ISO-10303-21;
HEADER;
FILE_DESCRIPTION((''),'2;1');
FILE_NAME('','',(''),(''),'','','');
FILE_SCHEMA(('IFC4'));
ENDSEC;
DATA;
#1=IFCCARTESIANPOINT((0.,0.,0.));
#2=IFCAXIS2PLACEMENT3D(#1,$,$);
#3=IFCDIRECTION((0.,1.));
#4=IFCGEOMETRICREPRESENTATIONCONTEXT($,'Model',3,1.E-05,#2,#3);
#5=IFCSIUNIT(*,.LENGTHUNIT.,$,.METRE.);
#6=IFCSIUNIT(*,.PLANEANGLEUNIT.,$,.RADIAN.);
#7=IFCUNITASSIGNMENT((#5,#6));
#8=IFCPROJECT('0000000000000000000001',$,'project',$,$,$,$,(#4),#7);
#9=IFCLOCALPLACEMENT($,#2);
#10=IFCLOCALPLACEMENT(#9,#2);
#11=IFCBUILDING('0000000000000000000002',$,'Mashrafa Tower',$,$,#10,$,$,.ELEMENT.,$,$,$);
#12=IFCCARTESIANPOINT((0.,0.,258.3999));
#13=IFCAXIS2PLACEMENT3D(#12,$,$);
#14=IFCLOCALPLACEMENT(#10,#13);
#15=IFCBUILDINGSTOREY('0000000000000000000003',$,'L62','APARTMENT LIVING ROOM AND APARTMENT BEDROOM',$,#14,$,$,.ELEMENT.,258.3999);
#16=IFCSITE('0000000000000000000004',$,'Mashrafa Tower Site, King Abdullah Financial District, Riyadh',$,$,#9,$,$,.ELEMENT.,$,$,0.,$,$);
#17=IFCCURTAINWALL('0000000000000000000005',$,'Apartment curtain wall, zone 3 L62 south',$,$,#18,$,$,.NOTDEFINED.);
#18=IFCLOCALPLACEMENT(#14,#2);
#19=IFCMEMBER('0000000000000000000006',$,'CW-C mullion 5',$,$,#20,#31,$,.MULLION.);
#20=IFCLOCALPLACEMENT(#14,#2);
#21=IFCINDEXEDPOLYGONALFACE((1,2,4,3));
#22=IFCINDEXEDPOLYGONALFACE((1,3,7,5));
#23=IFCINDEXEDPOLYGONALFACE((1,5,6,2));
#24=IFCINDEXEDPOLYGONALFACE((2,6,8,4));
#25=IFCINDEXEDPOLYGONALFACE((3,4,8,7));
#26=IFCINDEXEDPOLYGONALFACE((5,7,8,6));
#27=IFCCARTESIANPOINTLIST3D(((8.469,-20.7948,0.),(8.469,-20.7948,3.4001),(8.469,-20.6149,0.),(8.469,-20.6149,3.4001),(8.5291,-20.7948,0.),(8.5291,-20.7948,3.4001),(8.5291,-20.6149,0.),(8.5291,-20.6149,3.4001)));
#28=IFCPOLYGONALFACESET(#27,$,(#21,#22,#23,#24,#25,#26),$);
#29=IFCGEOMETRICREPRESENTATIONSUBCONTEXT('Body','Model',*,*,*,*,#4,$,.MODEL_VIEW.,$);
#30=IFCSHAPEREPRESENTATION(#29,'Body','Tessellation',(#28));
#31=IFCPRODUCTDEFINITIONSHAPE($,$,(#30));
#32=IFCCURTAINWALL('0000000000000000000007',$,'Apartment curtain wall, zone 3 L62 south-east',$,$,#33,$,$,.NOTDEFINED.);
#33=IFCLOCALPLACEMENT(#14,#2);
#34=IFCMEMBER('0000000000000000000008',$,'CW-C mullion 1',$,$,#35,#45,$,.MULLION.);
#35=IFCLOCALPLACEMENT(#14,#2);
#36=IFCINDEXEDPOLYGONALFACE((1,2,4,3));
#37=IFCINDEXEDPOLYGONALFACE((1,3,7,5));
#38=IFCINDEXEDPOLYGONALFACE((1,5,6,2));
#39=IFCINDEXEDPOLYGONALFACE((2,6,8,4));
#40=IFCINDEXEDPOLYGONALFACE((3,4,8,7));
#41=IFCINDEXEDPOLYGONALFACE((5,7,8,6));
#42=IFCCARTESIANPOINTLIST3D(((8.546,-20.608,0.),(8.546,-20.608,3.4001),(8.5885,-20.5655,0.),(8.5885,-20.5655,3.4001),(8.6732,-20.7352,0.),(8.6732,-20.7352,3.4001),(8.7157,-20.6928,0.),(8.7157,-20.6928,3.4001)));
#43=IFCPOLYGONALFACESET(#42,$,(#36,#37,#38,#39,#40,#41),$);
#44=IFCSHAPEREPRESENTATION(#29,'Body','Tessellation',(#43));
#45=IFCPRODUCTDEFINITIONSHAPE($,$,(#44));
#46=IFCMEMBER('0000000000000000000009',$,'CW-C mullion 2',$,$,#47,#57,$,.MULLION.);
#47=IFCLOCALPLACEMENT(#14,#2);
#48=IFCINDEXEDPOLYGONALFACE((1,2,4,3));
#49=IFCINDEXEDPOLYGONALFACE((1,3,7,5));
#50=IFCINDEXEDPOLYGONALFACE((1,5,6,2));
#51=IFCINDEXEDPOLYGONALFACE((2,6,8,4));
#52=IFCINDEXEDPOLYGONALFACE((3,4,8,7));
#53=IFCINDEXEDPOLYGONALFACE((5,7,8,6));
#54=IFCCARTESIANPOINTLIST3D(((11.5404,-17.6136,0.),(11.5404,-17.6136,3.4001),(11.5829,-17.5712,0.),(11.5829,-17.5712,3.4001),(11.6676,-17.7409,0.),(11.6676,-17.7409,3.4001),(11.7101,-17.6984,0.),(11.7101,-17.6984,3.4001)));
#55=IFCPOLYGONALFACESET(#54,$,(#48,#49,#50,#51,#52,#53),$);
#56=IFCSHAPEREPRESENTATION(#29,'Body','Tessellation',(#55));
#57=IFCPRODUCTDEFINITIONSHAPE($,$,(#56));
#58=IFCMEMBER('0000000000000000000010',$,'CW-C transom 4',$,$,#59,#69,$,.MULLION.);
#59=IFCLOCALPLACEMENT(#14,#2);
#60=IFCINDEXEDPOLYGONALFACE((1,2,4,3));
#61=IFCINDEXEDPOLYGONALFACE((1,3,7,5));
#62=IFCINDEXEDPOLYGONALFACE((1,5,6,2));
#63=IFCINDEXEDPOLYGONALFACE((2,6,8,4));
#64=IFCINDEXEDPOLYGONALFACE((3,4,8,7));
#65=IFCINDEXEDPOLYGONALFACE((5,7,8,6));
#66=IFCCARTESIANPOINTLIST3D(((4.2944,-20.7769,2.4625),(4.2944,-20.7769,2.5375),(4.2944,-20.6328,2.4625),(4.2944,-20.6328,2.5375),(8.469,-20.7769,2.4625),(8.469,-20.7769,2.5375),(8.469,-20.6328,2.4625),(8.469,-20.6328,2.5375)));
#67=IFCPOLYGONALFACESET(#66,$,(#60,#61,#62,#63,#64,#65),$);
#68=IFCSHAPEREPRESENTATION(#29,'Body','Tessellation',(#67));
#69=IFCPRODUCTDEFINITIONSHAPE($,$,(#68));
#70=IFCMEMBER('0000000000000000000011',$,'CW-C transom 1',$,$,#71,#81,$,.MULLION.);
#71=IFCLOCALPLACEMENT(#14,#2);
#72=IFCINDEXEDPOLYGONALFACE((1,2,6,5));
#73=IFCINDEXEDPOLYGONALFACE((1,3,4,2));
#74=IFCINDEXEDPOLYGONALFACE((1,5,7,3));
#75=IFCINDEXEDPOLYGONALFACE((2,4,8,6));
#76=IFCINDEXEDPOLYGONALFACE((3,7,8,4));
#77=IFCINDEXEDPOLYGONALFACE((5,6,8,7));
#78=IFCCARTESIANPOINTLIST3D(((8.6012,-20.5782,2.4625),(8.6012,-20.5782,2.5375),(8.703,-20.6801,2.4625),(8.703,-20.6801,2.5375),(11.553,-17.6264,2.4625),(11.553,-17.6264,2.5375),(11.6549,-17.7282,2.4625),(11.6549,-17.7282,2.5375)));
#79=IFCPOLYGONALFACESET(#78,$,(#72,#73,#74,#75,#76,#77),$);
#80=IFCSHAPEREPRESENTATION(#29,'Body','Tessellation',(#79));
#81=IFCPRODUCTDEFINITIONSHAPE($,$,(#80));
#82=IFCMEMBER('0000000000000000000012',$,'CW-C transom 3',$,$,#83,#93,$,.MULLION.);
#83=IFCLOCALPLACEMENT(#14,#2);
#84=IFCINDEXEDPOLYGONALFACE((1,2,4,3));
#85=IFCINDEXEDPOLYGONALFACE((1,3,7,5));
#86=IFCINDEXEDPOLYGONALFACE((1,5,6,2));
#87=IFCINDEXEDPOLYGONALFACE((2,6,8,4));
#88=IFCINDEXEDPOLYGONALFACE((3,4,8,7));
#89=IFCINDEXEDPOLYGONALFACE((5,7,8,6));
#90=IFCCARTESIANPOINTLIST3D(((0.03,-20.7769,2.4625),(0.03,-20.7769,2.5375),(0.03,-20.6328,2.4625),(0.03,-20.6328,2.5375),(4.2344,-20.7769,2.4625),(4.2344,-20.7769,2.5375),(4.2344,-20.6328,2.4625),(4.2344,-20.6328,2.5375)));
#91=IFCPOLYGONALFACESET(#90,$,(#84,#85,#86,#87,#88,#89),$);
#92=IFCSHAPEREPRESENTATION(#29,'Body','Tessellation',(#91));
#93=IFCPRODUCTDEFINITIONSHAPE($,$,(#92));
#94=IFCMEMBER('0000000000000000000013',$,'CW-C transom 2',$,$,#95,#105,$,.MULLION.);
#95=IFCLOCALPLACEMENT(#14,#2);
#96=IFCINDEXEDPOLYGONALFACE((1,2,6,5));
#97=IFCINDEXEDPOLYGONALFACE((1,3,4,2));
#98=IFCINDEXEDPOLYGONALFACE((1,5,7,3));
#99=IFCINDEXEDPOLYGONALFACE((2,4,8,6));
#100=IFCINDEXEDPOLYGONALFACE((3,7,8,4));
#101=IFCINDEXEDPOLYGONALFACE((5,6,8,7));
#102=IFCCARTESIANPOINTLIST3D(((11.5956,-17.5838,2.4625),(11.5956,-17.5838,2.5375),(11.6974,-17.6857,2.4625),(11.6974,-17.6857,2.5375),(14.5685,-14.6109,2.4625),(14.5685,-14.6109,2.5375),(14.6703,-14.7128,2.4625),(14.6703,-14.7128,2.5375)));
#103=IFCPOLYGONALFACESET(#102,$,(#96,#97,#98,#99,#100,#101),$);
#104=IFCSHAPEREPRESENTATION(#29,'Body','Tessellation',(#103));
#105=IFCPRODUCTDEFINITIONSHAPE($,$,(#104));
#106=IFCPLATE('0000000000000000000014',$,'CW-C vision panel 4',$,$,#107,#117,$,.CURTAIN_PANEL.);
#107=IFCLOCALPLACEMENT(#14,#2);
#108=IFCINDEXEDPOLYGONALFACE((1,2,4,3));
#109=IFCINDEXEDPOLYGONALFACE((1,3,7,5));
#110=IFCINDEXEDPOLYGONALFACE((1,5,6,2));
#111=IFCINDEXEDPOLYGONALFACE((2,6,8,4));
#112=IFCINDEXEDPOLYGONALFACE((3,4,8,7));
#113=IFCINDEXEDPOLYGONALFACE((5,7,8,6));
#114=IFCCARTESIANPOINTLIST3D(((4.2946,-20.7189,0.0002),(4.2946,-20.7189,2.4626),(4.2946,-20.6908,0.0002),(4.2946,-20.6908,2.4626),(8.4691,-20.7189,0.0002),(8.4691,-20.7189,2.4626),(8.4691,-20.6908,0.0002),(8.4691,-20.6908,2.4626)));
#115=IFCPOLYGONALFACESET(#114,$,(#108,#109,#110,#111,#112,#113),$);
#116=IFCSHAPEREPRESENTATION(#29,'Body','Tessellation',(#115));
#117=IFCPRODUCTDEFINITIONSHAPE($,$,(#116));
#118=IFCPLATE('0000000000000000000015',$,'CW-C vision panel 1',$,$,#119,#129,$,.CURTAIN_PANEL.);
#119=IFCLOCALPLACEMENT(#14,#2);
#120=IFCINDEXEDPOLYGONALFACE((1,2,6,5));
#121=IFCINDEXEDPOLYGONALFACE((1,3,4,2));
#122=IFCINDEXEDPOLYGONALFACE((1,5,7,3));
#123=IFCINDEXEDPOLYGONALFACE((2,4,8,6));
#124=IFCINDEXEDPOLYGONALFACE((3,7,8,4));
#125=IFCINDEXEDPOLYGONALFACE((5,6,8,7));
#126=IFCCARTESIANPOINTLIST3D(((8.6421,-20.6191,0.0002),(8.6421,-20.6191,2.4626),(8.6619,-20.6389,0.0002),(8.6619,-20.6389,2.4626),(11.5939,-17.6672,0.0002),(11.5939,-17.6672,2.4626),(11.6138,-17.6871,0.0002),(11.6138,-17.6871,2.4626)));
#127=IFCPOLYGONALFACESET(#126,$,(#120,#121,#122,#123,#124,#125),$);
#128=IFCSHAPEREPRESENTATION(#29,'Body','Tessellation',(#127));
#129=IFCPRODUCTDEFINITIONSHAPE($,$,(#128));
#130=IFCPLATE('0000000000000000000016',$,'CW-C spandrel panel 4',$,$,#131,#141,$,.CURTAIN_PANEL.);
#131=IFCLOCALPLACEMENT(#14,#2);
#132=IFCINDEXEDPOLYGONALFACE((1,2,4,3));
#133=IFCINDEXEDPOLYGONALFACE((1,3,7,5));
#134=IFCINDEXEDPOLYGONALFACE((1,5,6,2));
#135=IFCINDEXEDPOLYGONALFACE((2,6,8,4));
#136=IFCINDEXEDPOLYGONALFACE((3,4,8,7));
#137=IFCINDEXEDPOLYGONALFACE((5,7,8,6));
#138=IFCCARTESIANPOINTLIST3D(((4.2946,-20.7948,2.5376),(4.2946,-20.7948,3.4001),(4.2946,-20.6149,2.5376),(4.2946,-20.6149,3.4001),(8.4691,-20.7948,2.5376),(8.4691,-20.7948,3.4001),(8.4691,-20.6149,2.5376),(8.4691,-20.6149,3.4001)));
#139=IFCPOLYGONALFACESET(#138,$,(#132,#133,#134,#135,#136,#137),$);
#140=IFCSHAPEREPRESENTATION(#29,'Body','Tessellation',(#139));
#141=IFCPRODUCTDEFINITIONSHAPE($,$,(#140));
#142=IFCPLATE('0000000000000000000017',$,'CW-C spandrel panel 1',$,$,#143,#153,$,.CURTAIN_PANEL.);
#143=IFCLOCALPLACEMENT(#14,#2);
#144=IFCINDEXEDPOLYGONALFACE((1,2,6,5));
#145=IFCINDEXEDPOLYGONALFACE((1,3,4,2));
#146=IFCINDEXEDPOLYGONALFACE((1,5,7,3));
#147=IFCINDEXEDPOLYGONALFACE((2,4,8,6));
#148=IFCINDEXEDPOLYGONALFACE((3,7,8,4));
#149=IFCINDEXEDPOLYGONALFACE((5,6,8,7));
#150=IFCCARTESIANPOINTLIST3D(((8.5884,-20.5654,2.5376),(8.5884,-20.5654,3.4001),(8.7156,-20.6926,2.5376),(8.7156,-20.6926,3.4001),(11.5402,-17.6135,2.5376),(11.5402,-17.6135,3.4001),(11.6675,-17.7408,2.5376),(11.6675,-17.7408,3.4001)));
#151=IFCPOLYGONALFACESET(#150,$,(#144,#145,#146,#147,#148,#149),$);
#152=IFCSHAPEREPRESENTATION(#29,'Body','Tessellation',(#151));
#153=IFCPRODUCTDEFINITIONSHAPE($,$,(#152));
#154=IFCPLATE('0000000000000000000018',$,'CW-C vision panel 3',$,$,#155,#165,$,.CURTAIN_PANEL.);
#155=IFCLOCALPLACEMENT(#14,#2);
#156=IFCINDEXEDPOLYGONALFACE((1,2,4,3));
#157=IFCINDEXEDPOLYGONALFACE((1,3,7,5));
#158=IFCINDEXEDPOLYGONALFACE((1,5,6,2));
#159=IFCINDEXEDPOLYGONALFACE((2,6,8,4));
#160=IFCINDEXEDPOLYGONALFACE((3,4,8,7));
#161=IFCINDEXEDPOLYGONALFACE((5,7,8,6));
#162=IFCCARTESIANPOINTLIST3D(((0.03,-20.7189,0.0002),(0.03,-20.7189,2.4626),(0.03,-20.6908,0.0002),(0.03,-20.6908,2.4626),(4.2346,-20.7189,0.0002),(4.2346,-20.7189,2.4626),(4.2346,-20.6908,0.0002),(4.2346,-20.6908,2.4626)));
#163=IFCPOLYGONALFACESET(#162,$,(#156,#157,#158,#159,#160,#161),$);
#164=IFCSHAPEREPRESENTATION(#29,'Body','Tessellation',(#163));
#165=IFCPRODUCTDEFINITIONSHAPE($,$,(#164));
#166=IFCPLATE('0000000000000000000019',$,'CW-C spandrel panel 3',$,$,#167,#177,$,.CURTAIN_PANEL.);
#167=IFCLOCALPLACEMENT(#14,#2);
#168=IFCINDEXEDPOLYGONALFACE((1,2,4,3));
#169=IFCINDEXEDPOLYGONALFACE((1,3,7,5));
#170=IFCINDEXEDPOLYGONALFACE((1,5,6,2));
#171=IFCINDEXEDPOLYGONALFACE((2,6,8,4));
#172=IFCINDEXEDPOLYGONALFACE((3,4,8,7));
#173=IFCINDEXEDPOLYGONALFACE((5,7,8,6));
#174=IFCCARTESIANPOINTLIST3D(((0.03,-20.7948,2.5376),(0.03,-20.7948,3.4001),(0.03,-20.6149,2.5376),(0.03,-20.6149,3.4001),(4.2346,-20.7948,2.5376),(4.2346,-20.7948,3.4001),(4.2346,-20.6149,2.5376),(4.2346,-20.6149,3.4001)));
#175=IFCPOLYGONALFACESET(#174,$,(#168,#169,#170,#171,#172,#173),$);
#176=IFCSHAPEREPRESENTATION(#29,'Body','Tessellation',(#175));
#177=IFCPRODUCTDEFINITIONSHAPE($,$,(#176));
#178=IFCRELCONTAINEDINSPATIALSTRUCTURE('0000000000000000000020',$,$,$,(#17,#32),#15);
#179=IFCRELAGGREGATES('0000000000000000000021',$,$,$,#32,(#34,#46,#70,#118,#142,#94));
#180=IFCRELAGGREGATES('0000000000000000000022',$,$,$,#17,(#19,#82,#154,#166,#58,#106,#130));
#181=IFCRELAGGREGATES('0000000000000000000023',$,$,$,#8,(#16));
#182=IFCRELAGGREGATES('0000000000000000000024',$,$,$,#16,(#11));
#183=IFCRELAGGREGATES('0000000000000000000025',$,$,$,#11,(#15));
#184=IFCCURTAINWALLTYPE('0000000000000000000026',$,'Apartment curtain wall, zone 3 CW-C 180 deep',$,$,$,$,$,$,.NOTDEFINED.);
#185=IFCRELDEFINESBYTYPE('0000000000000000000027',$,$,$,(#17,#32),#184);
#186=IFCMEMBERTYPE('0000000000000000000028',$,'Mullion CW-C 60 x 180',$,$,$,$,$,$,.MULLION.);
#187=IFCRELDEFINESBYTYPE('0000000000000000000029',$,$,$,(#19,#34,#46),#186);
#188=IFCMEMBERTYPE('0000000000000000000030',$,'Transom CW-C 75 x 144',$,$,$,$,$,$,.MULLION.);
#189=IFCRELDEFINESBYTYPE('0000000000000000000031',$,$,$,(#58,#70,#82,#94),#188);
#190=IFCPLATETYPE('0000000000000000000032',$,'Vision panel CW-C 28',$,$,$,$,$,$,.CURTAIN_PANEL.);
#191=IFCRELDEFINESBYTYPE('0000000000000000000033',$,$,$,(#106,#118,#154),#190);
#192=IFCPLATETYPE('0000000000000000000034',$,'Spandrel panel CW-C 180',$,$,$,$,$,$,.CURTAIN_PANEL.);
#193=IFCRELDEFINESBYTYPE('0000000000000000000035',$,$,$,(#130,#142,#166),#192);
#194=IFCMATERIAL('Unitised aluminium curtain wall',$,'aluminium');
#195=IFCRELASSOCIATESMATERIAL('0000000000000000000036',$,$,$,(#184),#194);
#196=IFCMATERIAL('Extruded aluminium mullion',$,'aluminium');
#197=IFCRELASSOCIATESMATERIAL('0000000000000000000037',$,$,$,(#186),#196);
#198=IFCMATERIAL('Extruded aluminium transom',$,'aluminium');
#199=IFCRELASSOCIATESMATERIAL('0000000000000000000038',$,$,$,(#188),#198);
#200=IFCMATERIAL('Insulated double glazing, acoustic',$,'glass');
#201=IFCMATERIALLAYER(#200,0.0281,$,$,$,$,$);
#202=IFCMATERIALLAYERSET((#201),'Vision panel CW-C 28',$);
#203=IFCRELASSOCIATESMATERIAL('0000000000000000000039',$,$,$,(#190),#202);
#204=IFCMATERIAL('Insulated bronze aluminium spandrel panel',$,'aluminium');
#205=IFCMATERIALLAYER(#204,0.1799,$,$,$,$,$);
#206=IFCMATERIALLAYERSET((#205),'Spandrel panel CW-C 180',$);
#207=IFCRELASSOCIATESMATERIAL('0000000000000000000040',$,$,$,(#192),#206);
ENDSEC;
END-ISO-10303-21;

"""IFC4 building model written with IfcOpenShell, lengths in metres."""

from ifc_helpers import new_model, si_unit, direction, frame, origin, origin_2d, place, context, subcontext, project, spatial, rectangle, extrude, source, transform, mapped, material, layer, layer_set, material_profile, profile_set, type_object, type_shapes, element, aggregate, save


model = new_model("IFC4")

# Units and contexts
model_context = context("Model", 3, precision=1e-05, world=origin(), true_north=direction((0.0, 1.0)))
body_context = subcontext(model_context, "Body", "Model", "MODEL_VIEW")
ifc_project = project(units=[si_unit("LENGTHUNIT", "METRE"), si_unit("PLANEANGLEUNIT", "RADIAN")], contexts=[model_context])

# Site, building, storey
site_placement = place(None, origin())
site = spatial("IfcSite", under=ifc_project, at=site_placement, Name="Mashrafa Tower Site, King Abdullah Financial District, Riyadh", CompositionType="ELEMENT", RefElevation=0.0)
building_placement = place(site_placement, origin())
building = spatial("IfcBuilding", under=site, at=building_placement, Name="Mashrafa Tower", CompositionType="ELEMENT")
storey_placement = place(building_placement, frame((0.0, 0.0, 258.3999)))
storey = spatial("IfcBuildingStorey", under=building, at=storey_placement, Name="L62", Description="APARTMENT LIVING ROOM AND APARTMENT BEDROOM", CompositionType="ELEMENT", Elevation=258.3999)

# Curtain walls, members
ifc_material_1 = material(Name="Unitised aluminium curtain wall", Category="aluminium")
curtain_wall_type = type_object("IfcCurtainWallType", Name="Apartment curtain wall, zone 3 CW-C 180 deep", PredefinedType="NOTDEFINED", material=ifc_material_1)
curtain_wall_1_placement = place(storey_placement, origin())
curtain_wall_1 = element("IfcCurtainWall", 1, at=curtain_wall_1_placement, inside=storey, type_object=curtain_wall_type, Name="Apartment curtain wall, zone 3 L62 south", PredefinedType="NOTDEFINED")
ifc_material_2 = material(Name="Extruded aluminium mullion", Category="aluminium")
ifc_material_profile_1 = material_profile(ifc_material_2, rectangle(XDim=0.1799, YDim=0.0601, at=origin_2d()), Name="Mullion 60x180")
ifc_profile_set_1 = profile_set([ifc_material_profile_1], Name="Extruded aluminium mullion")
member_type_1 = type_object("IfcMemberType", Name="Mullion CW-C 60 x 180", PredefinedType="MULLION", material=ifc_profile_set_1)
shared_shape_1 = source(origin(), body_context, "Body", "SweptSolid", [
    extrude(rectangle(XDim=0.1799, YDim=0.0601, at=origin_2d()), origin(), (0.0, 0.0, 1.0), 3.4001),
])
type_shapes(member_type_1, [shared_shape_1])
member_1_placement = place(storey_placement, frame((8.499, -20.7048, 0.0), z_axis=(0.0, 0.0, 1.0), x_axis=(0.0, 1.0, 0.0)))
member_1 = element("IfcMember", 2, at=member_1_placement, type_object=member_type_1, Name="CW-C mullion 5", PredefinedType="MULLION", context=body_context, shape_type="MappedRepresentation", body=[
    mapped(shared_shape_1, transform((0.0, 0.0, 0.0))),
])
curtain_wall_2_placement = place(storey_placement, origin())
curtain_wall_2 = element("IfcCurtainWall", 3, at=curtain_wall_2_placement, inside=storey, type_object=curtain_wall_type, Name="Apartment curtain wall, zone 3 L62 south-east", PredefinedType="NOTDEFINED")
member_2_placement = place(storey_placement, frame((8.6309, -20.6504, 0.0), z_axis=(0.0, 0.0, 1.0), x_axis=(-0.707107, 0.707107, 0.0)))
member_2 = element("IfcMember", 4, at=member_2_placement, type_object=member_type_1, Name="CW-C mullion 1", PredefinedType="MULLION", context=body_context, shape_type="MappedRepresentation", body=[
    mapped(shared_shape_1, transform((0.0, 0.0, 0.0))),
])
member_3_placement = place(storey_placement, frame((11.6252, -17.656, 0.0), z_axis=(0.0, 0.0, 1.0), x_axis=(-0.707107, 0.707107, 0.0)))
member_3 = element("IfcMember", 5, at=member_3_placement, type_object=member_type_1, Name="CW-C mullion 2", PredefinedType="MULLION", context=body_context, shape_type="MappedRepresentation", body=[
    mapped(shared_shape_1, transform((0.0, 0.0, 0.0))),
])

# Members
ifc_material_3 = material(Name="Extruded aluminium transom", Category="aluminium")
ifc_material_profile_2 = material_profile(ifc_material_3, rectangle(XDim=0.144, YDim=0.075, at=origin_2d()), Name="Transom 75x144")
ifc_profile_set_2 = profile_set([ifc_material_profile_2], Name="Extruded aluminium transom")
member_type_2 = type_object("IfcMemberType", Name="Transom CW-C 75 x 144", PredefinedType="MULLION", material=ifc_profile_set_2)
shared_shape_2 = source(origin(), body_context, "Body", "SweptSolid", [
    extrude(rectangle(XDim=0.144, YDim=0.075, at=origin_2d()), origin(), (0.0, 0.0, 1.0), 4.1746),
])
member_4_placement = place(storey_placement, frame((4.2944, -20.7048, 2.5), z_axis=(1.0, 0.0, 0.0), x_axis=(0.0, 1.0, 0.0)))
member_4 = element("IfcMember", 6, at=member_4_placement, type_object=member_type_2, Name="CW-C transom 4", PredefinedType="MULLION", context=body_context, shape_type="MappedRepresentation", body=[
    mapped(shared_shape_2, transform((0.0, 0.0, 0.0))),
])
member_5_placement = place(storey_placement, frame((8.6521, -20.6292, 2.5), z_axis=(0.707107, 0.707107, 0.0), x_axis=(-0.707107, 0.707107, 0.0)))
member_5 = element("IfcMember", 7, at=member_5_placement, type_object=member_type_2, Name="CW-C transom 1", PredefinedType="MULLION", context=body_context, shape_type="MappedRepresentation", body=[
    mapped(shared_shape_2, transform((0.0, 0.0, 0.0))),
])
shared_shape_3 = source(origin(), body_context, "Body", "SweptSolid", [
    extrude(rectangle(XDim=0.144, YDim=0.075, at=origin_2d()), origin(), (0.0, 0.0, 1.0), 4.2043),
])
type_shapes(member_type_2, [shared_shape_2, shared_shape_3])
member_6_placement = place(storey_placement, frame((0.03, -20.7048, 2.5), z_axis=(1.0, 0.0, 0.0), x_axis=(0.0, 1.0, 0.0)))
member_6 = element("IfcMember", 8, at=member_6_placement, type_object=member_type_2, Name="CW-C transom 3", PredefinedType="MULLION", context=body_context, shape_type="MappedRepresentation", body=[
    mapped(shared_shape_3, transform((0.0, 0.0, 0.0))),
])
member_7_placement = place(storey_placement, frame((11.6465, -17.6348, 2.5), z_axis=(0.707107, 0.707107, 0.0), x_axis=(-0.707107, 0.707107, 0.0)))
member_7 = element("IfcMember", 9, at=member_7_placement, type_object=member_type_2, Name="CW-C transom 2", PredefinedType="MULLION", context=body_context, shape_type="MappedRepresentation", body=[
    mapped(shared_shape_3, transform((0.0, 0.0, 0.0))),
])

# Plates
ifc_material_4 = material(Name="Insulated double glazing, acoustic", Category="glass")
ifc_layer_1 = layer(ifc_material_4, 0.0281)
ifc_layer_set_1 = layer_set([ifc_layer_1], Name="Vision panel CW-C 28")
plate_type_1 = type_object("IfcPlateType", Name="Vision panel CW-C 28", PredefinedType="CURTAIN_PANEL", material=ifc_layer_set_1)
shared_shape_4 = source(origin(), body_context, "Body", "SweptSolid", [
    extrude(rectangle(XDim=4.1746, YDim=0.0281, at=origin_2d()), origin(), (0.0, 0.0, 1.0), 2.4624),
])
plate_1_placement = place(storey_placement, frame((6.3818, -20.7048, 0.0002), z_axis=(0.0, 0.0, 1.0), x_axis=(1.0, 0.0, 0.0)))
plate_1 = element("IfcPlate", 10, at=plate_1_placement, type_object=plate_type_1, Name="CW-C vision panel 4", PredefinedType="CURTAIN_PANEL", context=body_context, shape_type="MappedRepresentation", body=[
    mapped(shared_shape_4, transform((0.0, 0.0, 0.0))),
])
plate_2_placement = place(storey_placement, frame((10.1279, -19.1531, 0.0002), z_axis=(0.0, 0.0, 1.0), x_axis=(0.707107, 0.707107, 0.0)))
plate_2 = element("IfcPlate", 11, at=plate_2_placement, type_object=plate_type_1, Name="CW-C vision panel 1", PredefinedType="CURTAIN_PANEL", context=body_context, shape_type="MappedRepresentation", body=[
    mapped(shared_shape_4, transform((0.0, 0.0, 0.0))),
])
ifc_material_5 = material(Name="Insulated bronze aluminium spandrel panel", Category="aluminium")
ifc_layer_2 = layer(ifc_material_5, 0.1799)
ifc_layer_set_2 = layer_set([ifc_layer_2], Name="Spandrel panel CW-C 180")
plate_type_2 = type_object("IfcPlateType", Name="Spandrel panel CW-C 180", PredefinedType="CURTAIN_PANEL", material=ifc_layer_set_2)
shared_shape_5 = source(origin(), body_context, "Body", "SweptSolid", [
    extrude(rectangle(XDim=4.1746, YDim=0.1799, at=origin_2d()), origin(), (0.0, 0.0, 1.0), 0.8625),
])
plate_3_placement = place(storey_placement, frame((6.3818, -20.7048, 2.5376), z_axis=(0.0, 0.0, 1.0), x_axis=(1.0, 0.0, 0.0)))
plate_3 = element("IfcPlate", 12, at=plate_3_placement, type_object=plate_type_2, Name="CW-C spandrel panel 4", PredefinedType="CURTAIN_PANEL", context=body_context, shape_type="MappedRepresentation", body=[
    mapped(shared_shape_5, transform((0.0, 0.0, 0.0))),
])
plate_4_placement = place(storey_placement, frame((10.1279, -19.1531, 2.5376), z_axis=(0.0, 0.0, 1.0), x_axis=(0.707107, 0.707107, 0.0)))
plate_4 = element("IfcPlate", 13, at=plate_4_placement, type_object=plate_type_2, Name="CW-C spandrel panel 1", PredefinedType="CURTAIN_PANEL", context=body_context, shape_type="MappedRepresentation", body=[
    mapped(shared_shape_5, transform((0.0, 0.0, 0.0))),
])
aggregate(curtain_wall_2, [member_2, member_3, member_5, plate_2, plate_4, member_7])
shared_shape_6 = source(origin(), body_context, "Body", "SweptSolid", [
    extrude(rectangle(XDim=4.2046, YDim=0.0281, at=origin_2d()), origin(), (0.0, 0.0, 1.0), 2.4624),
])
type_shapes(plate_type_1, [shared_shape_4, shared_shape_6])
plate_5_placement = place(storey_placement, frame((2.1323, -20.7048, 0.0002), z_axis=(0.0, 0.0, 1.0), x_axis=(1.0, 0.0, 0.0)))
plate_5 = element("IfcPlate", 14, at=plate_5_placement, type_object=plate_type_1, Name="CW-C vision panel 3", PredefinedType="CURTAIN_PANEL", context=body_context, shape_type="MappedRepresentation", body=[
    mapped(shared_shape_6, transform((0.0, 0.0, 0.0))),
])
shared_shape_7 = source(origin(), body_context, "Body", "SweptSolid", [
    extrude(rectangle(XDim=4.2046, YDim=0.1799, at=origin_2d()), origin(), (0.0, 0.0, 1.0), 0.8625),
])
type_shapes(plate_type_2, [shared_shape_5, shared_shape_7])
plate_6_placement = place(storey_placement, frame((2.1323, -20.7048, 2.5376), z_axis=(0.0, 0.0, 1.0), x_axis=(1.0, 0.0, 0.0)))
plate_6 = element("IfcPlate", 15, at=plate_6_placement, type_object=plate_type_2, Name="CW-C spandrel panel 3", PredefinedType="CURTAIN_PANEL", context=body_context, shape_type="MappedRepresentation", body=[
    mapped(shared_shape_7, transform((0.0, 0.0, 0.0))),
])
aggregate(curtain_wall_1, [member_1, member_6, plate_5, plate_6, member_4, plate_1, plate_3])

save(model, "model.ifc")
